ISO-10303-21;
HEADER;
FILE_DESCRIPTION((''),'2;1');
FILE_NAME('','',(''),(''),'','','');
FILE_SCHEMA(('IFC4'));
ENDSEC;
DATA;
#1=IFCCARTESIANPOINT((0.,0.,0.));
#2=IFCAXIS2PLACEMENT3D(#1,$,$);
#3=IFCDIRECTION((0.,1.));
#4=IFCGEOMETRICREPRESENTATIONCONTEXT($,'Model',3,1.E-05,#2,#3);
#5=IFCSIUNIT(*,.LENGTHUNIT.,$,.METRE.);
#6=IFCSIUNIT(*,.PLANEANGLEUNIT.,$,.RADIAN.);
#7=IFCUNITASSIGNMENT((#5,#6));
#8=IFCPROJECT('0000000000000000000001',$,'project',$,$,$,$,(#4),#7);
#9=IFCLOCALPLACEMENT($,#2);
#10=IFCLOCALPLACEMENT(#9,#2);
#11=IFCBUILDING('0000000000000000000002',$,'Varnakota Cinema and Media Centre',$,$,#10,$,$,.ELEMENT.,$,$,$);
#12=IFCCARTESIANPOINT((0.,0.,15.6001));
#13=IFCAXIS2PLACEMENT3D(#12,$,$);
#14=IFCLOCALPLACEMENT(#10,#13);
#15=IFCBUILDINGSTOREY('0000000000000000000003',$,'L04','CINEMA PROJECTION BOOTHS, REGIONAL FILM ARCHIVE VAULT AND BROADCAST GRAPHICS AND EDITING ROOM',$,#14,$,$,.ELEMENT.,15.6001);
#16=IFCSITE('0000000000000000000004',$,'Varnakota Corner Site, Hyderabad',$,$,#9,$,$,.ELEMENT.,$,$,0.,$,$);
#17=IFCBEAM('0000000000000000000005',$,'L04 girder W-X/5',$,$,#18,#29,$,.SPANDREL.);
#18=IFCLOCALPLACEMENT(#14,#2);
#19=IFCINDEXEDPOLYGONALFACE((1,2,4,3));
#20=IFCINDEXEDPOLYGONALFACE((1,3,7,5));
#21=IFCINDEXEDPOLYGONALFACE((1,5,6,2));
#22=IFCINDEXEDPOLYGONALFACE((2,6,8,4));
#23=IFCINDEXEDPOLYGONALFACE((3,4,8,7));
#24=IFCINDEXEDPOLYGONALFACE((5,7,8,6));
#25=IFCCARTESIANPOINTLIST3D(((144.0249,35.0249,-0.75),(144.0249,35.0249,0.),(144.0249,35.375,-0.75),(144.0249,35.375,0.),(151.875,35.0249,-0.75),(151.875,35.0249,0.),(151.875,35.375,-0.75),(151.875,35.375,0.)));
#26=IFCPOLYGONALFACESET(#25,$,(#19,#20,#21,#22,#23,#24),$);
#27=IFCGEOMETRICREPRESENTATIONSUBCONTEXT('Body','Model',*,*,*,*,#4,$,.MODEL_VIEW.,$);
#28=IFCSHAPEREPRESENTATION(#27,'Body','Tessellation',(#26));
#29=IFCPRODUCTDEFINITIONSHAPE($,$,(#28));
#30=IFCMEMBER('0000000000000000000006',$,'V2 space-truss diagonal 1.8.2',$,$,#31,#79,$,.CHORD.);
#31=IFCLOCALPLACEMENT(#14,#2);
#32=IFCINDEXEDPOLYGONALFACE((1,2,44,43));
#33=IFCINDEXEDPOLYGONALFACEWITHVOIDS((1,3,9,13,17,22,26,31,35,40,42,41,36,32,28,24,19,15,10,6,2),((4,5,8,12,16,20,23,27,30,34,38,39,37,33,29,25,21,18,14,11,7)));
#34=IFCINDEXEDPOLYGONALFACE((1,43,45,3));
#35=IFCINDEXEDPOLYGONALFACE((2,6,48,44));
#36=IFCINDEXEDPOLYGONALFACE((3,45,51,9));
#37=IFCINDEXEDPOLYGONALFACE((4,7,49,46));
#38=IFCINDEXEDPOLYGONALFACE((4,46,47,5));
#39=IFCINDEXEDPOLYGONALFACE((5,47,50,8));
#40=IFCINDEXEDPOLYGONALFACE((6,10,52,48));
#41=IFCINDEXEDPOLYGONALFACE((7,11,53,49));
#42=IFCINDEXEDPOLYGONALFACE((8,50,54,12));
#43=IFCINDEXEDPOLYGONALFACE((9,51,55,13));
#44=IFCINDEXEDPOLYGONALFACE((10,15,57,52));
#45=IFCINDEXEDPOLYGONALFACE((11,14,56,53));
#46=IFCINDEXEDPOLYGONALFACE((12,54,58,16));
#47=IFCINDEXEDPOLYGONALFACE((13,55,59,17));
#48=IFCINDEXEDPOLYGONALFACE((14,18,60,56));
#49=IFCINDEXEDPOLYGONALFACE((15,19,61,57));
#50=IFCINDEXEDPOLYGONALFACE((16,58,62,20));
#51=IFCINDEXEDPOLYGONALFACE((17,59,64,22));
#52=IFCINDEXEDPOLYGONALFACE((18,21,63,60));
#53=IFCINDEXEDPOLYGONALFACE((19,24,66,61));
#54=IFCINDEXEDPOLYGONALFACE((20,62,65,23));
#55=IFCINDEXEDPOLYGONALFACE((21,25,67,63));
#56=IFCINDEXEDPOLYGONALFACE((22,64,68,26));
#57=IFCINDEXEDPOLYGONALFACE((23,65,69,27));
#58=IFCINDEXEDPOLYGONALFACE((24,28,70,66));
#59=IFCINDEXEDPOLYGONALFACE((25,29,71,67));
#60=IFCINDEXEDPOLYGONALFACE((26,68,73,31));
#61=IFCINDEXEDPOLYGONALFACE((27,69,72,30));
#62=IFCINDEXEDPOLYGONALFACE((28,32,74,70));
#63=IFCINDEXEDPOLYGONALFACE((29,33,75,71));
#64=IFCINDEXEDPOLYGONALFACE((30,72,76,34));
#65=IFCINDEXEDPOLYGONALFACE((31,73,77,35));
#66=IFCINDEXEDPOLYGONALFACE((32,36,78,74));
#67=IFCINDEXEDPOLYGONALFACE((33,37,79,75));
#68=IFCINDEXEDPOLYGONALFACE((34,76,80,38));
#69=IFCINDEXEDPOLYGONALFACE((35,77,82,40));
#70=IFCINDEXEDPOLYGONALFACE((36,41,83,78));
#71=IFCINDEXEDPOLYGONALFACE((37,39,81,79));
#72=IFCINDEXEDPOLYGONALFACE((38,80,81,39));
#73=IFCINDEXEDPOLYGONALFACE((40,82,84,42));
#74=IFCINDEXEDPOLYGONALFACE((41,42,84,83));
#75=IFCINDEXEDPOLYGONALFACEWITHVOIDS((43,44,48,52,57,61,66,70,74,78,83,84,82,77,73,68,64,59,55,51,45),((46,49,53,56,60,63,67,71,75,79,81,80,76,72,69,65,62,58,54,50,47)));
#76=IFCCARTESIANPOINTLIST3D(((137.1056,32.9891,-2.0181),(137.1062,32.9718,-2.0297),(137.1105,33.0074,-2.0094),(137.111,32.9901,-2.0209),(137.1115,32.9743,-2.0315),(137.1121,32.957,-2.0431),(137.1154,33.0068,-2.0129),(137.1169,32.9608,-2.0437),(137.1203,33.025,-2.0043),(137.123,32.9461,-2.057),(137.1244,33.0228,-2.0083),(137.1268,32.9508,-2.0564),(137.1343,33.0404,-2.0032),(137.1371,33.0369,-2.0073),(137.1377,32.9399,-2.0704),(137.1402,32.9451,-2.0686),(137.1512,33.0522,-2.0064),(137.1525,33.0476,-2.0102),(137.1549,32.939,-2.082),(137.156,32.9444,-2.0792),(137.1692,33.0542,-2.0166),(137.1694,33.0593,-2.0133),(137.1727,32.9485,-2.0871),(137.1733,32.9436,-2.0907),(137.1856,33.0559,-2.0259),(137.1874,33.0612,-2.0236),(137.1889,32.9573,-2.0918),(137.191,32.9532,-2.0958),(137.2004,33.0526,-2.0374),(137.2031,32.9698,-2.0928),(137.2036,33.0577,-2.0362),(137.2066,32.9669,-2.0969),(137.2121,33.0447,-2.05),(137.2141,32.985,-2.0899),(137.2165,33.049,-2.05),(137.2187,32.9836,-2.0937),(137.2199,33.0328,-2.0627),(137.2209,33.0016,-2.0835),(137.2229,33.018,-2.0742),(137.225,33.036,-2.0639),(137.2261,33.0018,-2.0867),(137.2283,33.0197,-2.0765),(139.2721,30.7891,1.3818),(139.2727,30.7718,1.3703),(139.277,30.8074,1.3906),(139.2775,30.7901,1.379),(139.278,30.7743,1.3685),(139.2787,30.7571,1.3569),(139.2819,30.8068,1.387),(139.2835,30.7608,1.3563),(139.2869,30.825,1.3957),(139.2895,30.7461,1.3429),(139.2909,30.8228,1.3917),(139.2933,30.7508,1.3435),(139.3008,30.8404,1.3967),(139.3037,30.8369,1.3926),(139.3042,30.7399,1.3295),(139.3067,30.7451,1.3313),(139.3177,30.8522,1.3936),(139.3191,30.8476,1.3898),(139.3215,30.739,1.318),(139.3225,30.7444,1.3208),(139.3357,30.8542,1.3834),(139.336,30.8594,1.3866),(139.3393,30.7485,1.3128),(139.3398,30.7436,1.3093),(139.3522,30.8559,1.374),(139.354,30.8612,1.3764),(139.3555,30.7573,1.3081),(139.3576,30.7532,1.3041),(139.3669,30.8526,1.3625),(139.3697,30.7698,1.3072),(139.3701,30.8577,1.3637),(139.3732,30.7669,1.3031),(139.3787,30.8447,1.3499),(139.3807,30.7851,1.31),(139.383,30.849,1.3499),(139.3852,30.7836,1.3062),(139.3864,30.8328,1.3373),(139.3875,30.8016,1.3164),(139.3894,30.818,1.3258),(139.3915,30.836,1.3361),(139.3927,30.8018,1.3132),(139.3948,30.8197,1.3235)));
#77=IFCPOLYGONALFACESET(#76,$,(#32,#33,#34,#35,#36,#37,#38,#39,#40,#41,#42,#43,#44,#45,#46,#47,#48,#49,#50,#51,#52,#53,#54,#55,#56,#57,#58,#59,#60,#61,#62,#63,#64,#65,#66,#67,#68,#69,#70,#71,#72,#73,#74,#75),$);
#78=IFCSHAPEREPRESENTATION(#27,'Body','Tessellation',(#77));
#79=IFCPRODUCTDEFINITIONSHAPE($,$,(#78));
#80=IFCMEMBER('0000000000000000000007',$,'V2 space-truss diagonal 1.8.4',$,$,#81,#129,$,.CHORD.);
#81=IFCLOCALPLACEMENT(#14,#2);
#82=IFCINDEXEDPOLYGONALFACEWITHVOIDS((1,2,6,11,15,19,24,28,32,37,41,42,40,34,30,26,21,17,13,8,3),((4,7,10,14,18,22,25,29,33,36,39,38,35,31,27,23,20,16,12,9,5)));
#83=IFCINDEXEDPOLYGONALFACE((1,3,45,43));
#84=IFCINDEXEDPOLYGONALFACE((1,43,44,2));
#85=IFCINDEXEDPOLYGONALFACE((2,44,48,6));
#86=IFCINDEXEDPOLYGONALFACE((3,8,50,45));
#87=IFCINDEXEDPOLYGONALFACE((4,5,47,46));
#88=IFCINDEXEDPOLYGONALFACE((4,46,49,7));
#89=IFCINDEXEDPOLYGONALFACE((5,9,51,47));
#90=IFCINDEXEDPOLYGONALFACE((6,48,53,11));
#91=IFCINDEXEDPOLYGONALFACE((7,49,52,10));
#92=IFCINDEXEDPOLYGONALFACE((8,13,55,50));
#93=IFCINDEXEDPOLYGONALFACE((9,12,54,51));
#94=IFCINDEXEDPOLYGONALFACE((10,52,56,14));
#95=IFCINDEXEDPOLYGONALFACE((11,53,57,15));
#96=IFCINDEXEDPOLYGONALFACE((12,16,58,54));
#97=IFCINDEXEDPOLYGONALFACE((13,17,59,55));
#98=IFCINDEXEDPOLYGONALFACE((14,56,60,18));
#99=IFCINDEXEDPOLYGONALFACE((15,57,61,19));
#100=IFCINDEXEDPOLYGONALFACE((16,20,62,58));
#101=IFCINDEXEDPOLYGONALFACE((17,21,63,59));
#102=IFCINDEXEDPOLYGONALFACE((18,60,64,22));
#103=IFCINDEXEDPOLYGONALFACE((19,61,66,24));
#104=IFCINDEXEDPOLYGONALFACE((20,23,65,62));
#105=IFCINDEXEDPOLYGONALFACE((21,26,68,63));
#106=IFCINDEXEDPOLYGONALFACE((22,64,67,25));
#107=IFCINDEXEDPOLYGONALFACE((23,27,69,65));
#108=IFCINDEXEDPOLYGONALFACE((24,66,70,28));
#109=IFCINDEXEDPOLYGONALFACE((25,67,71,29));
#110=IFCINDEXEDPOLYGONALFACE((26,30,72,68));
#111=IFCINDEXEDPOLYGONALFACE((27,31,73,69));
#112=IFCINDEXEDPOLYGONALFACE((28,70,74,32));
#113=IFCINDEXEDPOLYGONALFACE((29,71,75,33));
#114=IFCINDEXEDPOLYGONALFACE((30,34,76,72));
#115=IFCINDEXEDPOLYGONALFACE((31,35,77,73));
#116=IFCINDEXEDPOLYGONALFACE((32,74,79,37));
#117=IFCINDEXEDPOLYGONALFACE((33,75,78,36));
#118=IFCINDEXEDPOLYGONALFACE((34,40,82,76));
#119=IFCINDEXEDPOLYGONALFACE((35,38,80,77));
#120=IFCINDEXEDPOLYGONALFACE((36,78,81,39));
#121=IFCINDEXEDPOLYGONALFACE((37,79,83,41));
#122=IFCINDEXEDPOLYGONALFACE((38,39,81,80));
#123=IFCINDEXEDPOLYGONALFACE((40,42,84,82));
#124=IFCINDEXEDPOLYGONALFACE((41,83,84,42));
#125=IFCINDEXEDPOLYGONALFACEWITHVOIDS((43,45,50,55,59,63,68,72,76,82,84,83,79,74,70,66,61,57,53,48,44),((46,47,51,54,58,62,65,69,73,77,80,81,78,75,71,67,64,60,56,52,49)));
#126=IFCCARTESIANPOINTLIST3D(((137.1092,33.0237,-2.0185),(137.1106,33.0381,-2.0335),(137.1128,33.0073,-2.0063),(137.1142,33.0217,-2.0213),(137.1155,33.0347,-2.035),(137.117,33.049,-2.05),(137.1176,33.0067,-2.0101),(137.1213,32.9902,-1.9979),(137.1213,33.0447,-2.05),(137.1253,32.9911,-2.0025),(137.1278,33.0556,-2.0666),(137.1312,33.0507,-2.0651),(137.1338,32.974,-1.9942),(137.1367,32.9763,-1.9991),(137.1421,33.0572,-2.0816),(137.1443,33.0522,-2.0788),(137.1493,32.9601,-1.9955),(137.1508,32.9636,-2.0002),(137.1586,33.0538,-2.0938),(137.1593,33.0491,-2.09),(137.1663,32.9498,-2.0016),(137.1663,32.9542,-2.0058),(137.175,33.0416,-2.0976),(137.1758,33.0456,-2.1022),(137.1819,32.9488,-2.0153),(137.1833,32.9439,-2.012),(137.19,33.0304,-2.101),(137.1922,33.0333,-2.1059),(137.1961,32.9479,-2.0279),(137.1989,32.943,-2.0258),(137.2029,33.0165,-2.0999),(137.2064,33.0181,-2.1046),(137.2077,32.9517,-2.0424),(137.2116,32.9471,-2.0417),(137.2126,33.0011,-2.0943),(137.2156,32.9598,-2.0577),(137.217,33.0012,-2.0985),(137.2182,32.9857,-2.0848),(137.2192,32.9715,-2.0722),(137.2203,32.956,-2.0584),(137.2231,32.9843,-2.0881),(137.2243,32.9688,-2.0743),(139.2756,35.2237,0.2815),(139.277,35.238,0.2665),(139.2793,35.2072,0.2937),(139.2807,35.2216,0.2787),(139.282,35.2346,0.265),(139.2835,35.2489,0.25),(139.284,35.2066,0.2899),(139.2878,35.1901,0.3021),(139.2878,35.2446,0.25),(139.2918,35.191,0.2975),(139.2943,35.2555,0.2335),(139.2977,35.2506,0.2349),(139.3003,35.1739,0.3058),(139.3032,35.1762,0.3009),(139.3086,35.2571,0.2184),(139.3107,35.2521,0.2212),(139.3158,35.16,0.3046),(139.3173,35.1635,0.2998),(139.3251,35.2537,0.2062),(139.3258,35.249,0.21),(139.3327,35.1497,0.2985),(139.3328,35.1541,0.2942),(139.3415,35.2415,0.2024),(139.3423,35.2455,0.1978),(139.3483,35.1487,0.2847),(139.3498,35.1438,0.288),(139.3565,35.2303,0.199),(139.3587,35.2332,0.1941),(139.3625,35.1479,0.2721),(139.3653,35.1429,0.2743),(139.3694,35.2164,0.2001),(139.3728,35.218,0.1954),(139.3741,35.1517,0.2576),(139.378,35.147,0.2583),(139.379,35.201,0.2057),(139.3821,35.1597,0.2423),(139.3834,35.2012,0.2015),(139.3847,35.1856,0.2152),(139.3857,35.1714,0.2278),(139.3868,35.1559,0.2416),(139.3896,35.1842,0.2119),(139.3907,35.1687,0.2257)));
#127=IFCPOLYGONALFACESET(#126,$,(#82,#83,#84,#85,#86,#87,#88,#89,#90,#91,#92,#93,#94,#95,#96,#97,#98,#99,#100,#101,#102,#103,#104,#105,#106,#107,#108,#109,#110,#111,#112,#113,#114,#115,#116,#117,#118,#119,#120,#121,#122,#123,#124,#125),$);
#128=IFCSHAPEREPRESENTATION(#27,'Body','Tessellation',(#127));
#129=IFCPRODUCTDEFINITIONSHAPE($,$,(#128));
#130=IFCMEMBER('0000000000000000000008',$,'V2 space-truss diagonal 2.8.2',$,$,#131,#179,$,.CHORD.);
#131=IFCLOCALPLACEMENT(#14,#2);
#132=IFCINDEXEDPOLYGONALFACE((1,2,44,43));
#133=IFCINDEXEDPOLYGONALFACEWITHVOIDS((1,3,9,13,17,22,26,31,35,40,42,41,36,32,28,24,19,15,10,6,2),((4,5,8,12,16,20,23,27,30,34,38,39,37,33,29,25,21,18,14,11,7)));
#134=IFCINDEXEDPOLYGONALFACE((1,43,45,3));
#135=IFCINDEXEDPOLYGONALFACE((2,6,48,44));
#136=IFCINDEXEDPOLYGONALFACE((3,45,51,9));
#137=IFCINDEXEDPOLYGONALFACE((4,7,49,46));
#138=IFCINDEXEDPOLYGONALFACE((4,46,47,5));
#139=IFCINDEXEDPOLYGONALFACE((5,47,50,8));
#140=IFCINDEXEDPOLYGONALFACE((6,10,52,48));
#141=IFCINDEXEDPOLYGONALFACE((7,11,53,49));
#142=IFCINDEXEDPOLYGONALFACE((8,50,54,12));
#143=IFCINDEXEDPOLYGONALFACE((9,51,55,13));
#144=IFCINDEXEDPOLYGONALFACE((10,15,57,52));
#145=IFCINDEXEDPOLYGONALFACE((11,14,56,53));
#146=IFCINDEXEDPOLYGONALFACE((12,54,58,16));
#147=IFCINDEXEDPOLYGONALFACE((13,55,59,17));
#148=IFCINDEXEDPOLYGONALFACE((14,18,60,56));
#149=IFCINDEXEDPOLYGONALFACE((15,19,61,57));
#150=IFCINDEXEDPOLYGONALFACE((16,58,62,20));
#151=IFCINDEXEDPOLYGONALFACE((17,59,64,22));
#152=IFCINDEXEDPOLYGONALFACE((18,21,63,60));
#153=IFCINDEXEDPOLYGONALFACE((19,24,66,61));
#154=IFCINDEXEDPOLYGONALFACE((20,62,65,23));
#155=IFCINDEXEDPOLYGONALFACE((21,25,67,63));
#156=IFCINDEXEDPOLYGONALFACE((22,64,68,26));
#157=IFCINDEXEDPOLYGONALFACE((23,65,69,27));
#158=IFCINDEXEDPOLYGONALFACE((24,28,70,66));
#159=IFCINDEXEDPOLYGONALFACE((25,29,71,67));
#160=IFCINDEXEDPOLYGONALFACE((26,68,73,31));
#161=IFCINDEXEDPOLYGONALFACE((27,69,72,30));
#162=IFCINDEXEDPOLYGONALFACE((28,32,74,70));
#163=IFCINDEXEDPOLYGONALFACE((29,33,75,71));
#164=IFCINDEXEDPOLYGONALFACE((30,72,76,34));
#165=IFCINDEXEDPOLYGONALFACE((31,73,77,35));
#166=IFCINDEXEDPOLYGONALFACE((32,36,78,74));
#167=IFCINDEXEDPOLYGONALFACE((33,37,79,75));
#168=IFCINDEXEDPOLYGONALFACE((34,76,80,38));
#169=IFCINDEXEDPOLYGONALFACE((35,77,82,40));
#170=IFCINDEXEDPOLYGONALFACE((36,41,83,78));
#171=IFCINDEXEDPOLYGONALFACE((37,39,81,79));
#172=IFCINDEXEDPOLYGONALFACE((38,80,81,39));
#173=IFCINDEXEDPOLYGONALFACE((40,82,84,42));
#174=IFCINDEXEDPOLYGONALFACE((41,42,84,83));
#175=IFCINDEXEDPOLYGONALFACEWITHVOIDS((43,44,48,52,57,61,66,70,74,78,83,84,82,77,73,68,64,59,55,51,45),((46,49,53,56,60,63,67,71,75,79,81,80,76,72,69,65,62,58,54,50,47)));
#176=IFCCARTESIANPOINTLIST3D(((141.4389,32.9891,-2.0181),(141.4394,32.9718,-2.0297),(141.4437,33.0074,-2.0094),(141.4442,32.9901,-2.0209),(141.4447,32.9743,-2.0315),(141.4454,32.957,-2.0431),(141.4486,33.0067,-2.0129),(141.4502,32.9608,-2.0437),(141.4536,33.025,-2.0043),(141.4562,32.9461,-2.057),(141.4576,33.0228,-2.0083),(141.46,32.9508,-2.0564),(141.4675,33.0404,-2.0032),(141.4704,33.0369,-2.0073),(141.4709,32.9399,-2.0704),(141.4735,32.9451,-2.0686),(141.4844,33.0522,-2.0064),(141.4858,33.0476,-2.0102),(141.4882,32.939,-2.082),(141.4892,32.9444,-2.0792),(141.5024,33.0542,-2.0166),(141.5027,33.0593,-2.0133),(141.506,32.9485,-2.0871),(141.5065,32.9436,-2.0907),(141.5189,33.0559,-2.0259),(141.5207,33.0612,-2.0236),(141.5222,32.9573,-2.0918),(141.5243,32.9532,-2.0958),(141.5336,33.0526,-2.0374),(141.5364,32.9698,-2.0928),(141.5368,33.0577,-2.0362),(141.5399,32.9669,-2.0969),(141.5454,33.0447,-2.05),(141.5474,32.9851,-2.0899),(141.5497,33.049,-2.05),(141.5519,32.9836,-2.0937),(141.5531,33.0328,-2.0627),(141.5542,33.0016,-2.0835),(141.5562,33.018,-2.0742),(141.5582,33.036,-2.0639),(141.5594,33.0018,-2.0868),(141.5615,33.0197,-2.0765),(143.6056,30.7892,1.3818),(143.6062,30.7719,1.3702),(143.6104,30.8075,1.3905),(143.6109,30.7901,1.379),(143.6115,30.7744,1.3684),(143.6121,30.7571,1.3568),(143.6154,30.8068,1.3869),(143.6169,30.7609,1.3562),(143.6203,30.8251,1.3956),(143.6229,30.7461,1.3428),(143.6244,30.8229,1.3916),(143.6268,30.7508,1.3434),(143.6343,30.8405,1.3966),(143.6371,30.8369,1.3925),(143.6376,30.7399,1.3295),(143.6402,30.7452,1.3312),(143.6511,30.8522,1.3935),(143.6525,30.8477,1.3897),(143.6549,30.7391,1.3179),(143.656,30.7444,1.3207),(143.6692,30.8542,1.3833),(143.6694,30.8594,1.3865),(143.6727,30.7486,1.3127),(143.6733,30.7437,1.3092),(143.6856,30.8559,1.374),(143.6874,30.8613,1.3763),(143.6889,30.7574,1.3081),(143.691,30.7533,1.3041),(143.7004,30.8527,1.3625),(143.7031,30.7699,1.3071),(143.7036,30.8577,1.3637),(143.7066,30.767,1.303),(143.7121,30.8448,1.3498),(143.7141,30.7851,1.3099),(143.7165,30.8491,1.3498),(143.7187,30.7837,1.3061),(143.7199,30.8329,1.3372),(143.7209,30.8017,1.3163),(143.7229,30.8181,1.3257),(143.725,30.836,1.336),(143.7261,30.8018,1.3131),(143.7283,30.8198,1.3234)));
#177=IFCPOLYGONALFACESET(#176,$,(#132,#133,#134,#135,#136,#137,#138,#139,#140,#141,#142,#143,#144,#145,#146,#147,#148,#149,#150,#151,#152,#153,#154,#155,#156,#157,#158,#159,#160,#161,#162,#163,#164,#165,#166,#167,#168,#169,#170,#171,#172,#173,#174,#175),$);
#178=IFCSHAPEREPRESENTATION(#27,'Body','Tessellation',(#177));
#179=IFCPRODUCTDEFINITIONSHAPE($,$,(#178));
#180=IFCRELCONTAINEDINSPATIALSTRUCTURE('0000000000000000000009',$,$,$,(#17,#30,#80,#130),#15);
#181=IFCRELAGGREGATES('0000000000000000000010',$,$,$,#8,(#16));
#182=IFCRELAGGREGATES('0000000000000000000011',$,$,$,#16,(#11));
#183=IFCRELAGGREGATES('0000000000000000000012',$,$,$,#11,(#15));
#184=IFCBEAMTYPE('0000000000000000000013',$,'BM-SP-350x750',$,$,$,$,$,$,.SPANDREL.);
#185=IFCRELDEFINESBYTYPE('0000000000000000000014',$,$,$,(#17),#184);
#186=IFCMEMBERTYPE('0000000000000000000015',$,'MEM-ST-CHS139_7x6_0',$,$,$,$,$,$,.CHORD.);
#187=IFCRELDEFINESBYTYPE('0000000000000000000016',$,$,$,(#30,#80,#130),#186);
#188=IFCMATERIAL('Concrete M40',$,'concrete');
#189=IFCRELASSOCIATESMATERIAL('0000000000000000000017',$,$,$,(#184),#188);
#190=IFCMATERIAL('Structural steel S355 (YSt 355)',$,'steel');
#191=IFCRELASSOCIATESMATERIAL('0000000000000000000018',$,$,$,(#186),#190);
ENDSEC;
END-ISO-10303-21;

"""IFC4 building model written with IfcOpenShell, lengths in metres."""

from ifc_helpers import new_model, si_unit, direction, frame, origin, origin_2d, place, context, subcontext, project, spatial, rectangle, hollow_circle, extrude, material, material_profile, profile_set, type_object, element, save


model = new_model("IFC4")

# Units and contexts
model_context = context("Model", 3, precision=1e-05, world=origin(), true_north=direction((0.0, 1.0)))
body_context = subcontext(model_context, "Body", "Model", "MODEL_VIEW")
ifc_project = project(units=[si_unit("LENGTHUNIT", "METRE"), si_unit("PLANEANGLEUNIT", "RADIAN")], contexts=[model_context])

# Site, building, storey
site_placement = place(None, origin())
site = spatial("IfcSite", under=ifc_project, at=site_placement, Name="Varnakota Corner Site, Hyderabad", CompositionType="ELEMENT", RefElevation=0.0)
building_placement = place(site_placement, origin())
building = spatial("IfcBuilding", under=site, at=building_placement, Name="Varnakota Cinema and Media Centre", CompositionType="ELEMENT")
storey_placement = place(building_placement, frame((0.0, 0.0, 15.6001)))
storey = spatial("IfcBuildingStorey", under=building, at=storey_placement, Name="L04", Description="CINEMA PROJECTION BOOTHS, REGIONAL FILM ARCHIVE VAULT AND BROADCAST GRAPHICS AND EDITING ROOM", CompositionType="ELEMENT", Elevation=15.6001)

# Beam
ifc_material_1 = material(Name="Concrete M40", Category="concrete")
ifc_material_profile_1 = material_profile(ifc_material_1, rectangle(XDim=0.3501, YDim=0.75, at=origin_2d()), Name="RCB 350x750")
ifc_profile_set_1 = profile_set([ifc_material_profile_1], Name="Concrete M40")
beam_type = type_object("IfcBeamType", Name="BM-SP-350x750", PredefinedType="SPANDREL", material=ifc_profile_set_1)
beam_placement = place(storey_placement, frame((144.0249, 35.2, -0.375), z_axis=(1.0, 0.0, 0.0), x_axis=(0.0, 1.0, 0.0)))
element("IfcBeam", 1, at=beam_placement, inside=storey, type_object=beam_type, Name="L04 girder W-X/5", PredefinedType="SPANDREL", context=body_context, shape_type="SweptSolid", body=[
    extrude(rectangle(XDim=0.3501, YDim=0.75, at=origin_2d()), origin(), (0.0, 0.0, 1.0), 7.8501),
])

# Members
ifc_material_2 = material(Name="Structural steel S355 (YSt 355)", Category="steel")
ifc_material_profile_2 = material_profile(ifc_material_2, hollow_circle(Radius=0.0698, WallThickness=0.0061, at=origin_2d()), Name="CHS 139.7x6.0")
ifc_profile_set_2 = profile_set([ifc_material_profile_2], Name="Structural steel S355 (YSt 355)")
member_type_1 = type_object("IfcMemberType", Name="MEM-ST-CHS139_7x6_0", PredefinedType="CHORD", material=ifc_profile_set_2)
member_1_placement = place(storey_placement, frame((137.1667, 33.0, -2.05), z_axis=(0.471728, -0.479011, 0.740285), x_axis=(0.712502, 0.70167, 0.0)))
element("IfcMember", 2, at=member_1_placement, inside=storey, type_object=member_type_1, Name="V2 space-truss diagonal 1.8.2", PredefinedType="CHORD", context=body_context, shape_type="SweptSolid", body=[
    extrude(hollow_circle(Radius=0.0698, WallThickness=0.0061, at=origin_2d()), origin(), (0.0, 0.0, 1.0), 4.5928),
])
member_2_placement = place(storey_placement, frame((137.1667, 33.0, -2.05), z_axis=(0.562705, 0.571392, 0.59739), x_axis=(-0.712502, 0.70167, 0.0)))
element("IfcMember", 3, at=member_2_placement, inside=storey, type_object=member_type_1, Name="V2 space-truss diagonal 1.8.4", PredefinedType="CHORD", context=body_context, shape_type="SweptSolid", body=[
    extrude(hollow_circle(Radius=0.0698, WallThickness=0.0061, at=origin_2d()), origin(), (0.0, 0.0, 1.0), 3.8501),
])
member_3_placement = place(storey_placement, frame((141.5, 33.0, -2.05), z_axis=(0.471769, -0.478999, 0.740266), x_axis=(0.712463, 0.70171, 0.0)))
element("IfcMember", 4, at=member_3_placement, inside=storey, type_object=member_type_1, Name="V2 space-truss diagonal 2.8.2", PredefinedType="CHORD", context=body_context, shape_type="SweptSolid", body=[
    extrude(hollow_circle(Radius=0.0698, WallThickness=0.0061, at=origin_2d()), origin(), (0.0, 0.0, 1.0), 4.5928),
])

save(model, "model.ifc")
